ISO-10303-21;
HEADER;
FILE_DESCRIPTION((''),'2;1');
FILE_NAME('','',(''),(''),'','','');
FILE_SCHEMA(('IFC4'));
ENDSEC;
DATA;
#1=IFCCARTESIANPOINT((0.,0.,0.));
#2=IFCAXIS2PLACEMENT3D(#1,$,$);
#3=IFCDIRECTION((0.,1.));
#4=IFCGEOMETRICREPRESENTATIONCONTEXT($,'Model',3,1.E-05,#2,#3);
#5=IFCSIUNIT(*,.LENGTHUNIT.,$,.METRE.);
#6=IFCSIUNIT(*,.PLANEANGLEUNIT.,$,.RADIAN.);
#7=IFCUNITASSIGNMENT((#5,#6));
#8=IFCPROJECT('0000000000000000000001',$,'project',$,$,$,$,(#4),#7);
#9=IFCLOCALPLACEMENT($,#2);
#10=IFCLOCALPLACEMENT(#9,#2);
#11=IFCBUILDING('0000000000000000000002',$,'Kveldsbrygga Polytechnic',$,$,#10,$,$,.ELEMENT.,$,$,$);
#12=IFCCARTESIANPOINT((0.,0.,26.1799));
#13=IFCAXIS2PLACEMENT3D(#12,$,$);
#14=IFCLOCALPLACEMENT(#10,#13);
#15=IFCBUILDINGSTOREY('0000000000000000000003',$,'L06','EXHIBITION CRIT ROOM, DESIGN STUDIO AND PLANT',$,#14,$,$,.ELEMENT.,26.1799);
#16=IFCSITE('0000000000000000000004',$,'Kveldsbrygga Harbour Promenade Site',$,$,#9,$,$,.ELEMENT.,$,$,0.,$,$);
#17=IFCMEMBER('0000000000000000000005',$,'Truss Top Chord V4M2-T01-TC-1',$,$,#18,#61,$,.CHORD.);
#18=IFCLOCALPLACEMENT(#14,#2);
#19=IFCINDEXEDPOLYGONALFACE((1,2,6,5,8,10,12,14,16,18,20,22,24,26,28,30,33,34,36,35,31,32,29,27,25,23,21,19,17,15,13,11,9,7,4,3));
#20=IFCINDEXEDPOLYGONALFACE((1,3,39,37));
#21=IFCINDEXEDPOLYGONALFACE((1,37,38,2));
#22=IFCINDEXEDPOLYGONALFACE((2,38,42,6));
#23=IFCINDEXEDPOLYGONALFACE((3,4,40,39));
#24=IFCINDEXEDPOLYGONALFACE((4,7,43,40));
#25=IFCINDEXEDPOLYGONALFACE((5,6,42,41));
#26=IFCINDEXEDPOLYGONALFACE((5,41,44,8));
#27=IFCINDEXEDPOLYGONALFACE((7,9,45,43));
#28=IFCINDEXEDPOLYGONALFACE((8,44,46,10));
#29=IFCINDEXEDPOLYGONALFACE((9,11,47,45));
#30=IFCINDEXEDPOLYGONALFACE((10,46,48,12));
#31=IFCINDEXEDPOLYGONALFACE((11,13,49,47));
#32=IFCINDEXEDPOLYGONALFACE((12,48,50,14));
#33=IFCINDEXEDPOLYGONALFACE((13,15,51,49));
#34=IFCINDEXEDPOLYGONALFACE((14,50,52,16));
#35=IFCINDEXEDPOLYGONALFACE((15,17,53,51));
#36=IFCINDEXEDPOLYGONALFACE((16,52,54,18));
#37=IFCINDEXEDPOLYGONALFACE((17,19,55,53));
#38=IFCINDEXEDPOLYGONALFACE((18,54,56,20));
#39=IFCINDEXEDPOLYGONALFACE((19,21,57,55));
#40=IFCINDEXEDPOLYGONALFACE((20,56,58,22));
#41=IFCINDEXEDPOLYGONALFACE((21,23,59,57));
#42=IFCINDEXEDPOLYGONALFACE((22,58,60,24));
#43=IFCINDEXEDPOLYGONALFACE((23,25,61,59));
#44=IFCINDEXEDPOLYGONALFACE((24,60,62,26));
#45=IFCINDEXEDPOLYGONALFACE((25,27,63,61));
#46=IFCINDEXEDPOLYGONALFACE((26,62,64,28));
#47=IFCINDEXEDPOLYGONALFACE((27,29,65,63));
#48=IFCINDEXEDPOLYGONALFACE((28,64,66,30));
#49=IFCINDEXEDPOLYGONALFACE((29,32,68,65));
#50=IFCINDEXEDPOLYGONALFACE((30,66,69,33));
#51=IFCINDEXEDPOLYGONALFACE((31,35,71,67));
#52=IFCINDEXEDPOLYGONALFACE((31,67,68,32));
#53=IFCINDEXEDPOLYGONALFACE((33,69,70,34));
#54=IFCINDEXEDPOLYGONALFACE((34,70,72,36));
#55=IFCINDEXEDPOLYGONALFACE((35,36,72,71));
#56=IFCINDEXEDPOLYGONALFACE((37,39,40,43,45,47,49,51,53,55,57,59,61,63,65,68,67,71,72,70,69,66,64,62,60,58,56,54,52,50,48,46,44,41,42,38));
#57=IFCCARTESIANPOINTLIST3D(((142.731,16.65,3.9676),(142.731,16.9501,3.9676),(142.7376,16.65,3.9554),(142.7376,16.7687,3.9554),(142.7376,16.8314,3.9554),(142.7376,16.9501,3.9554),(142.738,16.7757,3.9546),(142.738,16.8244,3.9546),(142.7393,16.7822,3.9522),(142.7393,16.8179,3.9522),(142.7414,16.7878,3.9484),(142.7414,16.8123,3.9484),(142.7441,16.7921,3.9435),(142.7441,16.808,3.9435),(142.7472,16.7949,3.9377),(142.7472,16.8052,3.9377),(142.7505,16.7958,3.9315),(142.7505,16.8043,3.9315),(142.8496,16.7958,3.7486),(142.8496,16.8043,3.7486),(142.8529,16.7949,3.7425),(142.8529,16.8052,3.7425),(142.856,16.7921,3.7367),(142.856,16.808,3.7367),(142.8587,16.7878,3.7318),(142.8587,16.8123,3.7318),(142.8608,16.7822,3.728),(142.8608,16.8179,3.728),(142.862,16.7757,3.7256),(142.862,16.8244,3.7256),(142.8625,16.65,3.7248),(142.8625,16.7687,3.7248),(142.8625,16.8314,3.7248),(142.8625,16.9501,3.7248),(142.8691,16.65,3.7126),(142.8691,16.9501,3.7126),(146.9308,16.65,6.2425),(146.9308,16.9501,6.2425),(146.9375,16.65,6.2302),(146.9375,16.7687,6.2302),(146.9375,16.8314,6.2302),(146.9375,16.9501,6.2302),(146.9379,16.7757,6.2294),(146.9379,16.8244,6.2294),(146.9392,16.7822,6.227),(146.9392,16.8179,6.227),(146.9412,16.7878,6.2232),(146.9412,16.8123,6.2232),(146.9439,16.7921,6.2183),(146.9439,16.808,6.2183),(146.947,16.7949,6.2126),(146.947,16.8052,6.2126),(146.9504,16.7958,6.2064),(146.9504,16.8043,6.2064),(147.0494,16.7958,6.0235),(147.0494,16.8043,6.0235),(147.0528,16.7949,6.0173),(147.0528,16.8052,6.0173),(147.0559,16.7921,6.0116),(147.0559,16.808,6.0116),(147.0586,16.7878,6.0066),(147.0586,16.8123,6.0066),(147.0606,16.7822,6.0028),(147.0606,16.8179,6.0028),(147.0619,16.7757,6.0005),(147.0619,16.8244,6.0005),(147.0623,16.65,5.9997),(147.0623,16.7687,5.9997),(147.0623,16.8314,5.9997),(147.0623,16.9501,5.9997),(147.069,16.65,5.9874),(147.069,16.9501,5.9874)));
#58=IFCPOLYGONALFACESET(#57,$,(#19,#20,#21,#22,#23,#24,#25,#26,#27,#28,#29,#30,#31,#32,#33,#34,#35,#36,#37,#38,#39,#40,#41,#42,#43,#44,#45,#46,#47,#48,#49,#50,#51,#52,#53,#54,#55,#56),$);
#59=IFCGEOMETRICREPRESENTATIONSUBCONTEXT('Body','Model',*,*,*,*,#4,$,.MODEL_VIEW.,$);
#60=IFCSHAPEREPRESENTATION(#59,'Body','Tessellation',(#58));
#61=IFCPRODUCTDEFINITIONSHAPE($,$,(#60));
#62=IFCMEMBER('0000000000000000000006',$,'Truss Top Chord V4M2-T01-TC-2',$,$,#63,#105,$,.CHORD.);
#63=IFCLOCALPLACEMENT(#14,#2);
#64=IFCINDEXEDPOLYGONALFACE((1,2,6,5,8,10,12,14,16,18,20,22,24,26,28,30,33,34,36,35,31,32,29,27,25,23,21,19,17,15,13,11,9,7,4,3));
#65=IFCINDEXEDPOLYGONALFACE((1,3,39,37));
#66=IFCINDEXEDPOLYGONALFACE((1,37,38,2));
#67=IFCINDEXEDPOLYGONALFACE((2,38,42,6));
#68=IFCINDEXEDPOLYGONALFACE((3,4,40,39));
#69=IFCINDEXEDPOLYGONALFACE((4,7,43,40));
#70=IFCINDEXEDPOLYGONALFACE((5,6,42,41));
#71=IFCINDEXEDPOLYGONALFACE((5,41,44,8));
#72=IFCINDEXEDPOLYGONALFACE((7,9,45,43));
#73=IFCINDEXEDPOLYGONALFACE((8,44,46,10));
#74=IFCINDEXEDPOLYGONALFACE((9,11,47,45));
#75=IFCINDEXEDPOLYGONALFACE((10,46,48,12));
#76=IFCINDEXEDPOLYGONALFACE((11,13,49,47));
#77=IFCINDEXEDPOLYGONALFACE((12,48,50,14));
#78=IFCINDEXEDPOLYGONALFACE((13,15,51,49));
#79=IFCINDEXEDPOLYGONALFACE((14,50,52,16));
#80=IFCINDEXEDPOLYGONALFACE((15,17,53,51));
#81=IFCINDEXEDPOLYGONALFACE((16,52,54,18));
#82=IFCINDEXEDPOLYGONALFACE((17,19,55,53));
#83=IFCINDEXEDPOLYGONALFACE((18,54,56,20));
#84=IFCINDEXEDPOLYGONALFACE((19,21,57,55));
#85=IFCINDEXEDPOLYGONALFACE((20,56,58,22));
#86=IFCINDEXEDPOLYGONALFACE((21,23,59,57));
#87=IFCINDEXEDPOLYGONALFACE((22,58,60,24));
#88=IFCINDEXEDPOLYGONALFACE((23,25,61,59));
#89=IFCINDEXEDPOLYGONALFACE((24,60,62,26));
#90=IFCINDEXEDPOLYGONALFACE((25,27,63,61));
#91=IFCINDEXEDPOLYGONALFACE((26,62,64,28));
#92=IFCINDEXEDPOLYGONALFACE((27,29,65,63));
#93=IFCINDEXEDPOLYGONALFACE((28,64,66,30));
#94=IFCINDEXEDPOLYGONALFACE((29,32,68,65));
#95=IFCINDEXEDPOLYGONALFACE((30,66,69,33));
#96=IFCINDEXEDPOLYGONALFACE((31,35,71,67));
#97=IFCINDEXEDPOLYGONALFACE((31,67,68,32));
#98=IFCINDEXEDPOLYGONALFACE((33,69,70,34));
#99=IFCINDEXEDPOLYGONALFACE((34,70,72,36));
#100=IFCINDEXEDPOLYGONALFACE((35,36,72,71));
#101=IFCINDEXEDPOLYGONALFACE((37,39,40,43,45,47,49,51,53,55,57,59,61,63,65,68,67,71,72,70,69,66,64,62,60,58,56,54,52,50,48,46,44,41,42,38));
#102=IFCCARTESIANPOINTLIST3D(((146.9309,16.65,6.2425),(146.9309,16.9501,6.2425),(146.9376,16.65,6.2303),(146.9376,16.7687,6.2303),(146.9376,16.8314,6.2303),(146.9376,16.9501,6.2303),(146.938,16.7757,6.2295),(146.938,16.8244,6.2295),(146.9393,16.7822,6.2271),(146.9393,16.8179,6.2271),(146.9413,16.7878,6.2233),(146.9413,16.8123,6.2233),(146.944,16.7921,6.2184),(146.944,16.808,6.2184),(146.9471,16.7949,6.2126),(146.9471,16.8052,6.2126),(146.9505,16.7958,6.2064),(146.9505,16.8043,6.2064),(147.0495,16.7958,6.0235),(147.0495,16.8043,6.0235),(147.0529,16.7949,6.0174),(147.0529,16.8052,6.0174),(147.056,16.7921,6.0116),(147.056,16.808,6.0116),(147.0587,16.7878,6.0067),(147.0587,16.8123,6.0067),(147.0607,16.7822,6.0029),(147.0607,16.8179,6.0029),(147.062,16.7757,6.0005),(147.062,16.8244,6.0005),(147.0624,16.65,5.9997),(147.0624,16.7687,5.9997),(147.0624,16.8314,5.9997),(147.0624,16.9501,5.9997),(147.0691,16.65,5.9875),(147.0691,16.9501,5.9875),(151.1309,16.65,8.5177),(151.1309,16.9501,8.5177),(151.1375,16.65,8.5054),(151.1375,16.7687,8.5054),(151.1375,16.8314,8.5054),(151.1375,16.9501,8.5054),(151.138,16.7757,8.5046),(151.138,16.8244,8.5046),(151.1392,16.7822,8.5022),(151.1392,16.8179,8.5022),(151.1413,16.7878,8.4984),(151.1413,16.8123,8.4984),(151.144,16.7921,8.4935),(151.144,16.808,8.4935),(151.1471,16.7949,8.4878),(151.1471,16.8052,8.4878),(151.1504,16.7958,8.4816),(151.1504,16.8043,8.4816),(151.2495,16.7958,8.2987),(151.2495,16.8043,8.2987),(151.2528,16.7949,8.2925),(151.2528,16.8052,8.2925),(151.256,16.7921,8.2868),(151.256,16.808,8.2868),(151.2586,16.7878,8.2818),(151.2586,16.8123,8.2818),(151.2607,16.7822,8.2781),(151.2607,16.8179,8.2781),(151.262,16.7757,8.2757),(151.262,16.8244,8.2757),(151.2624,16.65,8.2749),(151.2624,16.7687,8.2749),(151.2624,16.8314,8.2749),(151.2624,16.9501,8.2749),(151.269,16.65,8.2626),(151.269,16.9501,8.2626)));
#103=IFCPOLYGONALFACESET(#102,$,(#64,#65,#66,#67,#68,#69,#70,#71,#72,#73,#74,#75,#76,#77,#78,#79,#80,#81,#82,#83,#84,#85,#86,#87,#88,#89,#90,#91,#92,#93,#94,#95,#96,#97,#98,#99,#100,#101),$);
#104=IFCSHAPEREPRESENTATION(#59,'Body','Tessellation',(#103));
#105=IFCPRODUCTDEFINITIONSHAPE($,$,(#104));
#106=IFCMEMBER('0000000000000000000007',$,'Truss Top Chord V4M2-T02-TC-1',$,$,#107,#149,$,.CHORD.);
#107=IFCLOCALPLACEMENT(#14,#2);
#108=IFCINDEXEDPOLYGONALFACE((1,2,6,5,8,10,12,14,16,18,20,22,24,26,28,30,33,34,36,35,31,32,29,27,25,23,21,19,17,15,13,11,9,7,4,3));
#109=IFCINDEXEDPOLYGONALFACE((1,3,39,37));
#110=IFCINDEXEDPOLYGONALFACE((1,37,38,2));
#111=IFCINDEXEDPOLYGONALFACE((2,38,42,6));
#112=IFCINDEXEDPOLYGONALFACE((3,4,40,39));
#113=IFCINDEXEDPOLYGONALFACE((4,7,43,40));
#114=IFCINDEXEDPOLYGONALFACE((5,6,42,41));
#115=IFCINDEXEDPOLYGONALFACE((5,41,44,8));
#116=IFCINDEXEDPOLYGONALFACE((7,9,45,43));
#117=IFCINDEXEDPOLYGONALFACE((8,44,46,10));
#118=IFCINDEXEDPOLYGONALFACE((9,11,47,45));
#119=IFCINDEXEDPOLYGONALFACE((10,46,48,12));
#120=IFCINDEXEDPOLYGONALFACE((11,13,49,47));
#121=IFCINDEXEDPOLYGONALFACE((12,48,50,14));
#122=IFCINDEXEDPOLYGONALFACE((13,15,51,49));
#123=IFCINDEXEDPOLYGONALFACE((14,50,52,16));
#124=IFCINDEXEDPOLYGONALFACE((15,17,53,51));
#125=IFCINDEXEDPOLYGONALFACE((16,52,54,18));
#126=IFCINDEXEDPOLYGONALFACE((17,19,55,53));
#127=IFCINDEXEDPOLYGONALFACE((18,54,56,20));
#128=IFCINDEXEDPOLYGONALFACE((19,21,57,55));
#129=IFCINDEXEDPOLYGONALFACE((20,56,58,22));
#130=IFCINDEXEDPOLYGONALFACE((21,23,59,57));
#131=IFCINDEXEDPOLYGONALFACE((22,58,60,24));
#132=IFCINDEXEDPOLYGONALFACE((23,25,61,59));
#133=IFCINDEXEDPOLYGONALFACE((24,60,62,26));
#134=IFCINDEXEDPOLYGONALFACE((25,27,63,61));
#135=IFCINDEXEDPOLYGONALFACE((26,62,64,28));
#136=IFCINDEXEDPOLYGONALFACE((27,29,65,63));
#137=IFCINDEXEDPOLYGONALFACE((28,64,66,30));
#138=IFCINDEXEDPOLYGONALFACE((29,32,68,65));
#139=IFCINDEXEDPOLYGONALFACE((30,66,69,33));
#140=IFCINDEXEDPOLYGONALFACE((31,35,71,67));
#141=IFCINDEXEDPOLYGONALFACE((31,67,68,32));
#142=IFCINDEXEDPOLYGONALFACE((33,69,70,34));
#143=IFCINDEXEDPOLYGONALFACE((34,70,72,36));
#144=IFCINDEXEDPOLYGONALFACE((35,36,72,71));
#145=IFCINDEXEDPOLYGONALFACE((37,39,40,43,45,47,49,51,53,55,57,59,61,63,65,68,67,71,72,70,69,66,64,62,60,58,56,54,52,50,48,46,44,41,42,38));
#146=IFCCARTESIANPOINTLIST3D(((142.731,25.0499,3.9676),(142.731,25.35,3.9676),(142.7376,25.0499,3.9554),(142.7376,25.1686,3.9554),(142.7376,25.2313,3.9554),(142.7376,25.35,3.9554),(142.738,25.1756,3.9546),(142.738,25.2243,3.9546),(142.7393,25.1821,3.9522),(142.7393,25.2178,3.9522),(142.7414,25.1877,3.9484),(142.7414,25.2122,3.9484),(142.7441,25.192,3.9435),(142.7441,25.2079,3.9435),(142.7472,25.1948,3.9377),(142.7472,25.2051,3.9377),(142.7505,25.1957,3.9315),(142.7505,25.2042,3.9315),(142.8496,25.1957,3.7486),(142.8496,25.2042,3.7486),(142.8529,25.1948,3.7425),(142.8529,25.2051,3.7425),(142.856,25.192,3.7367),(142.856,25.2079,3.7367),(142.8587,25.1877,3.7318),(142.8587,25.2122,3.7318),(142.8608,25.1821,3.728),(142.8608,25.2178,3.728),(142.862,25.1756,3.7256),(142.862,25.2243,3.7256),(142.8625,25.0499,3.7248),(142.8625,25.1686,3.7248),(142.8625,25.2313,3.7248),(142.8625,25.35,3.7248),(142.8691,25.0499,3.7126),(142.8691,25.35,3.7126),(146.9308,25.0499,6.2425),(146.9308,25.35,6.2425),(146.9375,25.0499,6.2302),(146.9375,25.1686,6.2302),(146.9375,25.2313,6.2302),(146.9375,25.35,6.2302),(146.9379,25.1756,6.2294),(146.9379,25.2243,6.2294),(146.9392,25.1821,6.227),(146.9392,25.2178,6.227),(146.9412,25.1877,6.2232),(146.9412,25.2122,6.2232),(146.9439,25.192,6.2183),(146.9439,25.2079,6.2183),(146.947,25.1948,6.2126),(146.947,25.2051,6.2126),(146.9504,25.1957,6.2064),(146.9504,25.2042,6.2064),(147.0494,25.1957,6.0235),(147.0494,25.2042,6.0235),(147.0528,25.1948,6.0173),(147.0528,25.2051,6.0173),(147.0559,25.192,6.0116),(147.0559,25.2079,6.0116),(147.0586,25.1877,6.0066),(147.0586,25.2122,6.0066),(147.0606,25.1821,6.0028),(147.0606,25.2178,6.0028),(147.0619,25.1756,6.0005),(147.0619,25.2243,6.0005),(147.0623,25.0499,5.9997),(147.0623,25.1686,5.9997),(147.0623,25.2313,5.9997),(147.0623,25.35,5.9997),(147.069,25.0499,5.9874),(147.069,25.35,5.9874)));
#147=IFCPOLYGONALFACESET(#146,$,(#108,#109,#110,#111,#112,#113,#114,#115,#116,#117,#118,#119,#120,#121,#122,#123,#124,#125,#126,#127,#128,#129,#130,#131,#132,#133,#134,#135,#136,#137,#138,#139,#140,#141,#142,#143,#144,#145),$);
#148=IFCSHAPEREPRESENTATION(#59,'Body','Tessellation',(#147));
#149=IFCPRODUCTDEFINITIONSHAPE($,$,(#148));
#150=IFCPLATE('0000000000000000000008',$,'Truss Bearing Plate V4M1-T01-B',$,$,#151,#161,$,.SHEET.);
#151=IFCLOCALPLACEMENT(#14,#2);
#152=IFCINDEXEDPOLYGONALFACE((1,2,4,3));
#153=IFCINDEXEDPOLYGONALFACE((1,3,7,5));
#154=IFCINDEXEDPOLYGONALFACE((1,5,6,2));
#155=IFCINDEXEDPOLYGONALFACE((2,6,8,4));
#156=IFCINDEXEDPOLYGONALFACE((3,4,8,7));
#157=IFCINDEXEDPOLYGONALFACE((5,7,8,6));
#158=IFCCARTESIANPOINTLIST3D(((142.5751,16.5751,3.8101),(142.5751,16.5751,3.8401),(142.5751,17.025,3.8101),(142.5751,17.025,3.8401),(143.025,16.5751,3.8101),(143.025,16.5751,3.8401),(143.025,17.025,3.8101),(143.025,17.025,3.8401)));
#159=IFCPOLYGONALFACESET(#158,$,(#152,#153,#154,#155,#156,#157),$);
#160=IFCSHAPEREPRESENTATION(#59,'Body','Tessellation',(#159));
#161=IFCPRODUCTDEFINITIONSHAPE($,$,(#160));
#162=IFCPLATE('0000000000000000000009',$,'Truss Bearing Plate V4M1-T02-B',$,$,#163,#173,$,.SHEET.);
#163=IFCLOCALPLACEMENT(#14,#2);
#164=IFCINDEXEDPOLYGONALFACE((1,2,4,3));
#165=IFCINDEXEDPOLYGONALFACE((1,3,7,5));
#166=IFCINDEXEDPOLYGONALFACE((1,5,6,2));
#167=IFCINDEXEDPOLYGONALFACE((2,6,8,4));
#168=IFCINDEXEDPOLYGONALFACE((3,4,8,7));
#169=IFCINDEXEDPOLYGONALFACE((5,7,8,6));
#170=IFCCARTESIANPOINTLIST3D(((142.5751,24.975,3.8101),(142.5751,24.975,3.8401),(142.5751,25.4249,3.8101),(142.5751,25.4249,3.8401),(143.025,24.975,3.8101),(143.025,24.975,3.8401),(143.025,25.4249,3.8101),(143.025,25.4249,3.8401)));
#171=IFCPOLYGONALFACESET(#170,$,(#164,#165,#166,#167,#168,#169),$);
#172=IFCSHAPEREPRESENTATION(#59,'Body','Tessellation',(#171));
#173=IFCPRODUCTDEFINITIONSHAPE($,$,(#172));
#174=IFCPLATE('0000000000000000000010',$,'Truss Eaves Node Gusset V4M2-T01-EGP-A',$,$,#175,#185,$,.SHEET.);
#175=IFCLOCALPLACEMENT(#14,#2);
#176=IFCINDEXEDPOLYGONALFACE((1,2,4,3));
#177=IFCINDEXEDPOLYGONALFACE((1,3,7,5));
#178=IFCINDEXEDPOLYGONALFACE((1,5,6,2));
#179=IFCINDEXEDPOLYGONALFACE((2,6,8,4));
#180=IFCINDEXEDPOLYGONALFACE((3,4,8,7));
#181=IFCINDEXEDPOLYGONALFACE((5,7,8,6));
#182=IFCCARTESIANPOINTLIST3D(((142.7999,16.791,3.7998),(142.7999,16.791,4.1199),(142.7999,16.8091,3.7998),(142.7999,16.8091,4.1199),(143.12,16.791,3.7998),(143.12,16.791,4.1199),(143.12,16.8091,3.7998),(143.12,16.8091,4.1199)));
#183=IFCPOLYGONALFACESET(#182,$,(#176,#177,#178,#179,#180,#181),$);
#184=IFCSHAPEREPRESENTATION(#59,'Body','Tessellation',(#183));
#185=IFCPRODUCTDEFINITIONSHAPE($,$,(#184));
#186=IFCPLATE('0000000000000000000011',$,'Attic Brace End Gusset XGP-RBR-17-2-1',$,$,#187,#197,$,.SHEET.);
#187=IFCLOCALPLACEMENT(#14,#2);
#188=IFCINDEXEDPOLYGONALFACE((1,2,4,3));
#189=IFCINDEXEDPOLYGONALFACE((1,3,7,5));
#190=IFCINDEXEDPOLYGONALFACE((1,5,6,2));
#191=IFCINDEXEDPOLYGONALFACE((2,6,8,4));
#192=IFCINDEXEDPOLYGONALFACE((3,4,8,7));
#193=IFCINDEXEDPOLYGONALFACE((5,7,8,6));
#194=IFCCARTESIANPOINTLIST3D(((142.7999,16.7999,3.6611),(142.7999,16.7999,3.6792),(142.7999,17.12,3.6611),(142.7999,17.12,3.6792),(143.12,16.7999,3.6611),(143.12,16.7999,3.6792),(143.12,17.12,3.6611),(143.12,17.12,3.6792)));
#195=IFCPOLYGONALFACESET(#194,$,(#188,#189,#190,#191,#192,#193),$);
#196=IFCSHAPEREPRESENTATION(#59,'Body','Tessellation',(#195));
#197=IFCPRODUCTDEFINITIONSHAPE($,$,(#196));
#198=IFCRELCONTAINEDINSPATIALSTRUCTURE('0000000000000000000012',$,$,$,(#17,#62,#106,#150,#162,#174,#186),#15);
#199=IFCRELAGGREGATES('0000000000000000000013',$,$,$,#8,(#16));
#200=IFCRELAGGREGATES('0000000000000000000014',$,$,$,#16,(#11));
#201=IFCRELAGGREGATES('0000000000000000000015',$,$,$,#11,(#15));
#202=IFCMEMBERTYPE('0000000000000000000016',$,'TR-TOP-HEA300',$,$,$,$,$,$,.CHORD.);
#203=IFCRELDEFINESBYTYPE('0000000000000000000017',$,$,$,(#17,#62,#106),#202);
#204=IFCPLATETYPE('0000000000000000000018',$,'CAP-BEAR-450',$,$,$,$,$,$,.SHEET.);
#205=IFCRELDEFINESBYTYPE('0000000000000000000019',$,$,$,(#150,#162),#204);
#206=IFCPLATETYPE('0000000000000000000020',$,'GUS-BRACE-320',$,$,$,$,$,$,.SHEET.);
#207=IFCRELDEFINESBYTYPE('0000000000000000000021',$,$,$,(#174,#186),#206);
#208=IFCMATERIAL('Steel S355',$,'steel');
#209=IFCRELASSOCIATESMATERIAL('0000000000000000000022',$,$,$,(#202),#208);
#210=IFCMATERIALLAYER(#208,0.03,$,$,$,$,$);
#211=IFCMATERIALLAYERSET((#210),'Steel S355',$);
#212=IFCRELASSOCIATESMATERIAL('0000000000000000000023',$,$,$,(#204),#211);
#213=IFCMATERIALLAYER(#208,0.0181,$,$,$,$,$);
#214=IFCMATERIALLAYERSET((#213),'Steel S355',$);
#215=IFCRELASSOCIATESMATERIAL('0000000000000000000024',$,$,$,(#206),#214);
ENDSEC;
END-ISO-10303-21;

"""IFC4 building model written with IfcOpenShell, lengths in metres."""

from ifc_helpers import new_model, si_unit, direction, frame, origin, origin_2d, place, context, subcontext, project, spatial, rectangle, i_section, extrude, material, layer, layer_set, material_profile, profile_set, type_object, element, save


model = new_model("IFC4")

# Units and contexts
model_context = context("Model", 3, precision=1e-05, world=origin(), true_north=direction((0.0, 1.0)))
body_context = subcontext(model_context, "Body", "Model", "MODEL_VIEW")
ifc_project = project(units=[si_unit("LENGTHUNIT", "METRE"), si_unit("PLANEANGLEUNIT", "RADIAN")], contexts=[model_context])

# Site, building, storey
site_placement = place(None, origin())
site = spatial("IfcSite", under=ifc_project, at=site_placement, Name="Kveldsbrygga Harbour Promenade Site", CompositionType="ELEMENT", RefElevation=0.0)
building_placement = place(site_placement, origin())
building = spatial("IfcBuilding", under=site, at=building_placement, Name="Kveldsbrygga Polytechnic", CompositionType="ELEMENT")
storey_placement = place(building_placement, frame((0.0, 0.0, 26.1799)))
storey = spatial("IfcBuildingStorey", under=building, at=storey_placement, Name="L06", Description="EXHIBITION CRIT ROOM, DESIGN STUDIO AND PLANT", CompositionType="ELEMENT", Elevation=26.1799)

# Shared definitions
ifc_material_1 = material(Name="Steel S355", Category="steel")

# Members
ifc_material_profile_1 = material_profile(ifc_material_1, i_section(OverallWidth=0.3, OverallDepth=0.29, WebThickness=0.0085, FlangeThickness=0.0139, FilletRadius=0.0271, at=origin_2d()), Name="HEA 300")
ifc_profile_set_1 = profile_set([ifc_material_profile_1], Name="Steel S355")
member_type_1 = type_object("IfcMemberType", Name="TR-TOP-HEA300", PredefinedType="CHORD", material=ifc_profile_set_1)
member_1_placement = place(storey_placement, frame((142.8, 16.8, 3.8401), z_axis=(0.879298, 0.0, 0.476272), x_axis=(0.0, 1.0, 0.0)))
element("IfcMember", 1, at=member_1_placement, inside=storey, type_object=member_type_1, Name="Truss Top Chord V4M2-T01-TC-1", PredefinedType="CHORD", context=body_context, shape_type="SweptSolid", body=[
    extrude(i_section(OverallWidth=0.3, OverallDepth=0.29, WebThickness=0.0085, FlangeThickness=0.0139, FilletRadius=0.0271, at=origin_2d()), origin(), (0.0, 0.0, 1.0), 4.7764),
])
member_2_placement = place(storey_placement, frame((147.0, 16.8, 6.115), z_axis=(0.879277, 0.0, 0.476311), x_axis=(0.0, 1.0, 0.0)))
element("IfcMember", 2, at=member_2_placement, inside=storey, type_object=member_type_1, Name="Truss Top Chord V4M2-T01-TC-2", PredefinedType="CHORD", context=body_context, shape_type="SweptSolid", body=[
    extrude(i_section(OverallWidth=0.3, OverallDepth=0.29, WebThickness=0.0085, FlangeThickness=0.0139, FilletRadius=0.0271, at=origin_2d()), origin(), (0.0, 0.0, 1.0), 4.7766),
])
member_3_placement = place(storey_placement, frame((142.8, 25.2, 3.8401), z_axis=(0.879298, 0.0, 0.476272), x_axis=(0.0, 1.0, 0.0)))
element("IfcMember", 3, at=member_3_placement, inside=storey, type_object=member_type_1, Name="Truss Top Chord V4M2-T02-TC-1", PredefinedType="CHORD", context=body_context, shape_type="SweptSolid", body=[
    extrude(i_section(OverallWidth=0.3, OverallDepth=0.29, WebThickness=0.0085, FlangeThickness=0.0139, FilletRadius=0.0271, at=origin_2d()), origin(), (0.0, 0.0, 1.0), 4.7764),
])

# Plates
ifc_layer_1 = layer(ifc_material_1, 0.03)
ifc_layer_set_1 = layer_set([ifc_layer_1], Name="Steel S355")
plate_type_1 = type_object("IfcPlateType", Name="CAP-BEAR-450", PredefinedType="SHEET", material=ifc_layer_set_1)
for number, where, z_axis, x_axis, name in (
    (4, (142.8, 16.8, 3.8101), (0.0, 0.0, 1.0), (1.0, 0.0, 0.0), "Truss Bearing Plate V4M1-T01-B"),
    (5, (142.8, 25.2, 3.8101), (0.0, 0.0, 1.0), (1.0, 0.0, 0.0), "Truss Bearing Plate V4M1-T02-B"),
):
    element("IfcPlate", number, at=place(storey_placement, frame(where, z_axis=z_axis, x_axis=x_axis)), inside=storey, type_object=plate_type_1, Name=name, PredefinedType="SHEET", context=body_context, shape_type="SweptSolid", body=[
        extrude(rectangle(XDim=0.45, YDim=0.45, at=origin_2d()), origin(), (0.0, 0.0, 1.0), 0.03),
    ])
ifc_layer_2 = layer(ifc_material_1, 0.0181)
ifc_layer_set_2 = layer_set([ifc_layer_2], Name="Steel S355")
plate_type_2 = type_object("IfcPlateType", Name="GUS-BRACE-320", PredefinedType="SHEET", material=ifc_layer_set_2)
plate_1_placement = place(storey_placement, frame((142.96, 16.8, 3.7998), z_axis=(0.0, 0.0, 1.0), x_axis=(1.0, 0.0, 0.0)))
element("IfcPlate", 6, at=plate_1_placement, inside=storey, type_object=plate_type_2, Name="Truss Eaves Node Gusset V4M2-T01-EGP-A", PredefinedType="SHEET", context=body_context, shape_type="SweptSolid", body=[
    extrude(rectangle(XDim=0.3201, YDim=0.0181, at=origin_2d()), origin(), (0.0, 0.0, 1.0), 0.3201),
])
for number, where, z_axis, x_axis, name in (
    (7, (142.96, 16.96, 3.6611), (0.0, 0.0, 1.0), (1.0, 0.0, 0.0), "Attic Brace End Gusset XGP-RBR-17-2-1"),
):
    element("IfcPlate", number, at=place(storey_placement, frame(where, z_axis=z_axis, x_axis=x_axis)), inside=storey, type_object=plate_type_2, Name=name, PredefinedType="SHEET", context=body_context, shape_type="SweptSolid", body=[
        extrude(rectangle(XDim=0.3201, YDim=0.3201, at=origin_2d()), origin(), (0.0, 0.0, 1.0), 0.0181),
    ])

save(model, "model.ifc")
